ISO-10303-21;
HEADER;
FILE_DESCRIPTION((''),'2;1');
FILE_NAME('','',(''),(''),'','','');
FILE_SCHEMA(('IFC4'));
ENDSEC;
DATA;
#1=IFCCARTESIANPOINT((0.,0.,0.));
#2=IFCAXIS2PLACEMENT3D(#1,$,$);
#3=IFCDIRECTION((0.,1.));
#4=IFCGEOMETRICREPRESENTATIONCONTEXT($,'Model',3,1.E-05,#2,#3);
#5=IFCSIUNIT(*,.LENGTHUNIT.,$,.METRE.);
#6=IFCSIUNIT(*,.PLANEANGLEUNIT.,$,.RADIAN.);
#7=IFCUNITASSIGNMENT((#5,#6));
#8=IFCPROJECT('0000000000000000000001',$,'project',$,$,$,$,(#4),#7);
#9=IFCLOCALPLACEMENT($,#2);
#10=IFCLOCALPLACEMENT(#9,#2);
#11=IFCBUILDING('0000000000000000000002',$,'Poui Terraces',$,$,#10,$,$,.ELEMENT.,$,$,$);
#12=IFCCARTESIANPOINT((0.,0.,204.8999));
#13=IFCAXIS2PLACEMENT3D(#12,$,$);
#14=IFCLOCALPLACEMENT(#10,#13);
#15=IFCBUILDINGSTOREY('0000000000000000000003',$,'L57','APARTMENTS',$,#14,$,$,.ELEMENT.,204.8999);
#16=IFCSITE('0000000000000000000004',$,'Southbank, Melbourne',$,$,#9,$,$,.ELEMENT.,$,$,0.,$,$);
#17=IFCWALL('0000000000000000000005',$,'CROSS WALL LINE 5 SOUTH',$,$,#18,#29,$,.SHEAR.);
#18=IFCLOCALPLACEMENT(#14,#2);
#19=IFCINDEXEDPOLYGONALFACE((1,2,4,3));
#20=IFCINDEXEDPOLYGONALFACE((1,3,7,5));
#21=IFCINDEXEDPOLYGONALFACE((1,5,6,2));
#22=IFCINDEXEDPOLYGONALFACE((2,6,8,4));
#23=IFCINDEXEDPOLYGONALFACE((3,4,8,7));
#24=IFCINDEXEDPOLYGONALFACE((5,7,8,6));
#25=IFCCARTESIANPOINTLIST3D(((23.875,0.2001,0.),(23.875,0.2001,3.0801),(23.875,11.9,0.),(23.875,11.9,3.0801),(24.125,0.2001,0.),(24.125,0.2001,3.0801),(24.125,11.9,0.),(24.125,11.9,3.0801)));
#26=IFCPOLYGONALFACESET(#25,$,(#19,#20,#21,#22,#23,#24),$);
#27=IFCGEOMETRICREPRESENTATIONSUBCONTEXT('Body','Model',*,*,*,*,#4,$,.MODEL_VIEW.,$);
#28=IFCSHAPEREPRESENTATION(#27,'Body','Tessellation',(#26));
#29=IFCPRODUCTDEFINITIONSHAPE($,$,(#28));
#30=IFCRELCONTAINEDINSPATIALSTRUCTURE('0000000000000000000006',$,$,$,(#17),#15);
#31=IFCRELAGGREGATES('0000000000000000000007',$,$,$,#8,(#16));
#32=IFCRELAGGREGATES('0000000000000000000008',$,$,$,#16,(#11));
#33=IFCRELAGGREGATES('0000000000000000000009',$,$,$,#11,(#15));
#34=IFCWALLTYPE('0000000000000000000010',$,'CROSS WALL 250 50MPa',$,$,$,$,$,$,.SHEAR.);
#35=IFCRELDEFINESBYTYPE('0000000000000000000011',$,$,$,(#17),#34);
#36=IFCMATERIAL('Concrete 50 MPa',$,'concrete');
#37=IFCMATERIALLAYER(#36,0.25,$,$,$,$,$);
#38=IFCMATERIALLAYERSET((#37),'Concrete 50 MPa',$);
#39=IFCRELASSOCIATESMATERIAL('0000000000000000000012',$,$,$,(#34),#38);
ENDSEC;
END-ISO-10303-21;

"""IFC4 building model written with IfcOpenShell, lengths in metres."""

from ifc_helpers import new_model, si_unit, direction, frame, frame_2d, origin, place, context, subcontext, project, spatial, rectangle, extrude, material, layer, layer_set, type_object, element, save


model = new_model("IFC4")

# Units and contexts
model_context = context("Model", 3, precision=1e-05, world=origin(), true_north=direction((0.0, 1.0)))
body_context = subcontext(model_context, "Body", "Model", "MODEL_VIEW")
ifc_project = project(units=[si_unit("LENGTHUNIT", "METRE"), si_unit("PLANEANGLEUNIT", "RADIAN")], contexts=[model_context])

# Site, building, storey
site_placement = place(None, origin())
site = spatial("IfcSite", under=ifc_project, at=site_placement, Name="Southbank, Melbourne", CompositionType="ELEMENT", RefElevation=0.0)
building_placement = place(site_placement, origin())
building = spatial("IfcBuilding", under=site, at=building_placement, Name="Poui Terraces", CompositionType="ELEMENT")
storey_placement = place(building_placement, frame((0.0, 0.0, 204.8999)))
storey = spatial("IfcBuildingStorey", under=building, at=storey_placement, Name="L57", Description="APARTMENTS", CompositionType="ELEMENT", Elevation=204.8999)

# Wall
ifc_material_1 = material(Name="Concrete 50 MPa", Category="concrete")
ifc_layer_1 = layer(ifc_material_1, 0.25)
ifc_layer_set_1 = layer_set([ifc_layer_1], Name="Concrete 50 MPa")
wall_type_1 = type_object("IfcWallType", Name="CROSS WALL 250 50MPa", PredefinedType="SHEAR", material=ifc_layer_set_1)
wall_1_placement = place(storey_placement, frame((24.0, 0.2, 0.0), z_axis=(0.0, 0.0, 1.0), x_axis=(0.0, 1.0, 0.0)))
element("IfcWall", 1, at=wall_1_placement, inside=storey, type_object=wall_type_1, Name="CROSS WALL LINE 5 SOUTH", PredefinedType="SHEAR", context=body_context, shape_type="SweptSolid", body=[
    extrude(rectangle(XDim=11.7, YDim=0.25, at=frame_2d((5.8501, 0.0))), origin(), (0.0, 0.0, 1.0), 3.0801),
])

save(model, "model.ifc")
